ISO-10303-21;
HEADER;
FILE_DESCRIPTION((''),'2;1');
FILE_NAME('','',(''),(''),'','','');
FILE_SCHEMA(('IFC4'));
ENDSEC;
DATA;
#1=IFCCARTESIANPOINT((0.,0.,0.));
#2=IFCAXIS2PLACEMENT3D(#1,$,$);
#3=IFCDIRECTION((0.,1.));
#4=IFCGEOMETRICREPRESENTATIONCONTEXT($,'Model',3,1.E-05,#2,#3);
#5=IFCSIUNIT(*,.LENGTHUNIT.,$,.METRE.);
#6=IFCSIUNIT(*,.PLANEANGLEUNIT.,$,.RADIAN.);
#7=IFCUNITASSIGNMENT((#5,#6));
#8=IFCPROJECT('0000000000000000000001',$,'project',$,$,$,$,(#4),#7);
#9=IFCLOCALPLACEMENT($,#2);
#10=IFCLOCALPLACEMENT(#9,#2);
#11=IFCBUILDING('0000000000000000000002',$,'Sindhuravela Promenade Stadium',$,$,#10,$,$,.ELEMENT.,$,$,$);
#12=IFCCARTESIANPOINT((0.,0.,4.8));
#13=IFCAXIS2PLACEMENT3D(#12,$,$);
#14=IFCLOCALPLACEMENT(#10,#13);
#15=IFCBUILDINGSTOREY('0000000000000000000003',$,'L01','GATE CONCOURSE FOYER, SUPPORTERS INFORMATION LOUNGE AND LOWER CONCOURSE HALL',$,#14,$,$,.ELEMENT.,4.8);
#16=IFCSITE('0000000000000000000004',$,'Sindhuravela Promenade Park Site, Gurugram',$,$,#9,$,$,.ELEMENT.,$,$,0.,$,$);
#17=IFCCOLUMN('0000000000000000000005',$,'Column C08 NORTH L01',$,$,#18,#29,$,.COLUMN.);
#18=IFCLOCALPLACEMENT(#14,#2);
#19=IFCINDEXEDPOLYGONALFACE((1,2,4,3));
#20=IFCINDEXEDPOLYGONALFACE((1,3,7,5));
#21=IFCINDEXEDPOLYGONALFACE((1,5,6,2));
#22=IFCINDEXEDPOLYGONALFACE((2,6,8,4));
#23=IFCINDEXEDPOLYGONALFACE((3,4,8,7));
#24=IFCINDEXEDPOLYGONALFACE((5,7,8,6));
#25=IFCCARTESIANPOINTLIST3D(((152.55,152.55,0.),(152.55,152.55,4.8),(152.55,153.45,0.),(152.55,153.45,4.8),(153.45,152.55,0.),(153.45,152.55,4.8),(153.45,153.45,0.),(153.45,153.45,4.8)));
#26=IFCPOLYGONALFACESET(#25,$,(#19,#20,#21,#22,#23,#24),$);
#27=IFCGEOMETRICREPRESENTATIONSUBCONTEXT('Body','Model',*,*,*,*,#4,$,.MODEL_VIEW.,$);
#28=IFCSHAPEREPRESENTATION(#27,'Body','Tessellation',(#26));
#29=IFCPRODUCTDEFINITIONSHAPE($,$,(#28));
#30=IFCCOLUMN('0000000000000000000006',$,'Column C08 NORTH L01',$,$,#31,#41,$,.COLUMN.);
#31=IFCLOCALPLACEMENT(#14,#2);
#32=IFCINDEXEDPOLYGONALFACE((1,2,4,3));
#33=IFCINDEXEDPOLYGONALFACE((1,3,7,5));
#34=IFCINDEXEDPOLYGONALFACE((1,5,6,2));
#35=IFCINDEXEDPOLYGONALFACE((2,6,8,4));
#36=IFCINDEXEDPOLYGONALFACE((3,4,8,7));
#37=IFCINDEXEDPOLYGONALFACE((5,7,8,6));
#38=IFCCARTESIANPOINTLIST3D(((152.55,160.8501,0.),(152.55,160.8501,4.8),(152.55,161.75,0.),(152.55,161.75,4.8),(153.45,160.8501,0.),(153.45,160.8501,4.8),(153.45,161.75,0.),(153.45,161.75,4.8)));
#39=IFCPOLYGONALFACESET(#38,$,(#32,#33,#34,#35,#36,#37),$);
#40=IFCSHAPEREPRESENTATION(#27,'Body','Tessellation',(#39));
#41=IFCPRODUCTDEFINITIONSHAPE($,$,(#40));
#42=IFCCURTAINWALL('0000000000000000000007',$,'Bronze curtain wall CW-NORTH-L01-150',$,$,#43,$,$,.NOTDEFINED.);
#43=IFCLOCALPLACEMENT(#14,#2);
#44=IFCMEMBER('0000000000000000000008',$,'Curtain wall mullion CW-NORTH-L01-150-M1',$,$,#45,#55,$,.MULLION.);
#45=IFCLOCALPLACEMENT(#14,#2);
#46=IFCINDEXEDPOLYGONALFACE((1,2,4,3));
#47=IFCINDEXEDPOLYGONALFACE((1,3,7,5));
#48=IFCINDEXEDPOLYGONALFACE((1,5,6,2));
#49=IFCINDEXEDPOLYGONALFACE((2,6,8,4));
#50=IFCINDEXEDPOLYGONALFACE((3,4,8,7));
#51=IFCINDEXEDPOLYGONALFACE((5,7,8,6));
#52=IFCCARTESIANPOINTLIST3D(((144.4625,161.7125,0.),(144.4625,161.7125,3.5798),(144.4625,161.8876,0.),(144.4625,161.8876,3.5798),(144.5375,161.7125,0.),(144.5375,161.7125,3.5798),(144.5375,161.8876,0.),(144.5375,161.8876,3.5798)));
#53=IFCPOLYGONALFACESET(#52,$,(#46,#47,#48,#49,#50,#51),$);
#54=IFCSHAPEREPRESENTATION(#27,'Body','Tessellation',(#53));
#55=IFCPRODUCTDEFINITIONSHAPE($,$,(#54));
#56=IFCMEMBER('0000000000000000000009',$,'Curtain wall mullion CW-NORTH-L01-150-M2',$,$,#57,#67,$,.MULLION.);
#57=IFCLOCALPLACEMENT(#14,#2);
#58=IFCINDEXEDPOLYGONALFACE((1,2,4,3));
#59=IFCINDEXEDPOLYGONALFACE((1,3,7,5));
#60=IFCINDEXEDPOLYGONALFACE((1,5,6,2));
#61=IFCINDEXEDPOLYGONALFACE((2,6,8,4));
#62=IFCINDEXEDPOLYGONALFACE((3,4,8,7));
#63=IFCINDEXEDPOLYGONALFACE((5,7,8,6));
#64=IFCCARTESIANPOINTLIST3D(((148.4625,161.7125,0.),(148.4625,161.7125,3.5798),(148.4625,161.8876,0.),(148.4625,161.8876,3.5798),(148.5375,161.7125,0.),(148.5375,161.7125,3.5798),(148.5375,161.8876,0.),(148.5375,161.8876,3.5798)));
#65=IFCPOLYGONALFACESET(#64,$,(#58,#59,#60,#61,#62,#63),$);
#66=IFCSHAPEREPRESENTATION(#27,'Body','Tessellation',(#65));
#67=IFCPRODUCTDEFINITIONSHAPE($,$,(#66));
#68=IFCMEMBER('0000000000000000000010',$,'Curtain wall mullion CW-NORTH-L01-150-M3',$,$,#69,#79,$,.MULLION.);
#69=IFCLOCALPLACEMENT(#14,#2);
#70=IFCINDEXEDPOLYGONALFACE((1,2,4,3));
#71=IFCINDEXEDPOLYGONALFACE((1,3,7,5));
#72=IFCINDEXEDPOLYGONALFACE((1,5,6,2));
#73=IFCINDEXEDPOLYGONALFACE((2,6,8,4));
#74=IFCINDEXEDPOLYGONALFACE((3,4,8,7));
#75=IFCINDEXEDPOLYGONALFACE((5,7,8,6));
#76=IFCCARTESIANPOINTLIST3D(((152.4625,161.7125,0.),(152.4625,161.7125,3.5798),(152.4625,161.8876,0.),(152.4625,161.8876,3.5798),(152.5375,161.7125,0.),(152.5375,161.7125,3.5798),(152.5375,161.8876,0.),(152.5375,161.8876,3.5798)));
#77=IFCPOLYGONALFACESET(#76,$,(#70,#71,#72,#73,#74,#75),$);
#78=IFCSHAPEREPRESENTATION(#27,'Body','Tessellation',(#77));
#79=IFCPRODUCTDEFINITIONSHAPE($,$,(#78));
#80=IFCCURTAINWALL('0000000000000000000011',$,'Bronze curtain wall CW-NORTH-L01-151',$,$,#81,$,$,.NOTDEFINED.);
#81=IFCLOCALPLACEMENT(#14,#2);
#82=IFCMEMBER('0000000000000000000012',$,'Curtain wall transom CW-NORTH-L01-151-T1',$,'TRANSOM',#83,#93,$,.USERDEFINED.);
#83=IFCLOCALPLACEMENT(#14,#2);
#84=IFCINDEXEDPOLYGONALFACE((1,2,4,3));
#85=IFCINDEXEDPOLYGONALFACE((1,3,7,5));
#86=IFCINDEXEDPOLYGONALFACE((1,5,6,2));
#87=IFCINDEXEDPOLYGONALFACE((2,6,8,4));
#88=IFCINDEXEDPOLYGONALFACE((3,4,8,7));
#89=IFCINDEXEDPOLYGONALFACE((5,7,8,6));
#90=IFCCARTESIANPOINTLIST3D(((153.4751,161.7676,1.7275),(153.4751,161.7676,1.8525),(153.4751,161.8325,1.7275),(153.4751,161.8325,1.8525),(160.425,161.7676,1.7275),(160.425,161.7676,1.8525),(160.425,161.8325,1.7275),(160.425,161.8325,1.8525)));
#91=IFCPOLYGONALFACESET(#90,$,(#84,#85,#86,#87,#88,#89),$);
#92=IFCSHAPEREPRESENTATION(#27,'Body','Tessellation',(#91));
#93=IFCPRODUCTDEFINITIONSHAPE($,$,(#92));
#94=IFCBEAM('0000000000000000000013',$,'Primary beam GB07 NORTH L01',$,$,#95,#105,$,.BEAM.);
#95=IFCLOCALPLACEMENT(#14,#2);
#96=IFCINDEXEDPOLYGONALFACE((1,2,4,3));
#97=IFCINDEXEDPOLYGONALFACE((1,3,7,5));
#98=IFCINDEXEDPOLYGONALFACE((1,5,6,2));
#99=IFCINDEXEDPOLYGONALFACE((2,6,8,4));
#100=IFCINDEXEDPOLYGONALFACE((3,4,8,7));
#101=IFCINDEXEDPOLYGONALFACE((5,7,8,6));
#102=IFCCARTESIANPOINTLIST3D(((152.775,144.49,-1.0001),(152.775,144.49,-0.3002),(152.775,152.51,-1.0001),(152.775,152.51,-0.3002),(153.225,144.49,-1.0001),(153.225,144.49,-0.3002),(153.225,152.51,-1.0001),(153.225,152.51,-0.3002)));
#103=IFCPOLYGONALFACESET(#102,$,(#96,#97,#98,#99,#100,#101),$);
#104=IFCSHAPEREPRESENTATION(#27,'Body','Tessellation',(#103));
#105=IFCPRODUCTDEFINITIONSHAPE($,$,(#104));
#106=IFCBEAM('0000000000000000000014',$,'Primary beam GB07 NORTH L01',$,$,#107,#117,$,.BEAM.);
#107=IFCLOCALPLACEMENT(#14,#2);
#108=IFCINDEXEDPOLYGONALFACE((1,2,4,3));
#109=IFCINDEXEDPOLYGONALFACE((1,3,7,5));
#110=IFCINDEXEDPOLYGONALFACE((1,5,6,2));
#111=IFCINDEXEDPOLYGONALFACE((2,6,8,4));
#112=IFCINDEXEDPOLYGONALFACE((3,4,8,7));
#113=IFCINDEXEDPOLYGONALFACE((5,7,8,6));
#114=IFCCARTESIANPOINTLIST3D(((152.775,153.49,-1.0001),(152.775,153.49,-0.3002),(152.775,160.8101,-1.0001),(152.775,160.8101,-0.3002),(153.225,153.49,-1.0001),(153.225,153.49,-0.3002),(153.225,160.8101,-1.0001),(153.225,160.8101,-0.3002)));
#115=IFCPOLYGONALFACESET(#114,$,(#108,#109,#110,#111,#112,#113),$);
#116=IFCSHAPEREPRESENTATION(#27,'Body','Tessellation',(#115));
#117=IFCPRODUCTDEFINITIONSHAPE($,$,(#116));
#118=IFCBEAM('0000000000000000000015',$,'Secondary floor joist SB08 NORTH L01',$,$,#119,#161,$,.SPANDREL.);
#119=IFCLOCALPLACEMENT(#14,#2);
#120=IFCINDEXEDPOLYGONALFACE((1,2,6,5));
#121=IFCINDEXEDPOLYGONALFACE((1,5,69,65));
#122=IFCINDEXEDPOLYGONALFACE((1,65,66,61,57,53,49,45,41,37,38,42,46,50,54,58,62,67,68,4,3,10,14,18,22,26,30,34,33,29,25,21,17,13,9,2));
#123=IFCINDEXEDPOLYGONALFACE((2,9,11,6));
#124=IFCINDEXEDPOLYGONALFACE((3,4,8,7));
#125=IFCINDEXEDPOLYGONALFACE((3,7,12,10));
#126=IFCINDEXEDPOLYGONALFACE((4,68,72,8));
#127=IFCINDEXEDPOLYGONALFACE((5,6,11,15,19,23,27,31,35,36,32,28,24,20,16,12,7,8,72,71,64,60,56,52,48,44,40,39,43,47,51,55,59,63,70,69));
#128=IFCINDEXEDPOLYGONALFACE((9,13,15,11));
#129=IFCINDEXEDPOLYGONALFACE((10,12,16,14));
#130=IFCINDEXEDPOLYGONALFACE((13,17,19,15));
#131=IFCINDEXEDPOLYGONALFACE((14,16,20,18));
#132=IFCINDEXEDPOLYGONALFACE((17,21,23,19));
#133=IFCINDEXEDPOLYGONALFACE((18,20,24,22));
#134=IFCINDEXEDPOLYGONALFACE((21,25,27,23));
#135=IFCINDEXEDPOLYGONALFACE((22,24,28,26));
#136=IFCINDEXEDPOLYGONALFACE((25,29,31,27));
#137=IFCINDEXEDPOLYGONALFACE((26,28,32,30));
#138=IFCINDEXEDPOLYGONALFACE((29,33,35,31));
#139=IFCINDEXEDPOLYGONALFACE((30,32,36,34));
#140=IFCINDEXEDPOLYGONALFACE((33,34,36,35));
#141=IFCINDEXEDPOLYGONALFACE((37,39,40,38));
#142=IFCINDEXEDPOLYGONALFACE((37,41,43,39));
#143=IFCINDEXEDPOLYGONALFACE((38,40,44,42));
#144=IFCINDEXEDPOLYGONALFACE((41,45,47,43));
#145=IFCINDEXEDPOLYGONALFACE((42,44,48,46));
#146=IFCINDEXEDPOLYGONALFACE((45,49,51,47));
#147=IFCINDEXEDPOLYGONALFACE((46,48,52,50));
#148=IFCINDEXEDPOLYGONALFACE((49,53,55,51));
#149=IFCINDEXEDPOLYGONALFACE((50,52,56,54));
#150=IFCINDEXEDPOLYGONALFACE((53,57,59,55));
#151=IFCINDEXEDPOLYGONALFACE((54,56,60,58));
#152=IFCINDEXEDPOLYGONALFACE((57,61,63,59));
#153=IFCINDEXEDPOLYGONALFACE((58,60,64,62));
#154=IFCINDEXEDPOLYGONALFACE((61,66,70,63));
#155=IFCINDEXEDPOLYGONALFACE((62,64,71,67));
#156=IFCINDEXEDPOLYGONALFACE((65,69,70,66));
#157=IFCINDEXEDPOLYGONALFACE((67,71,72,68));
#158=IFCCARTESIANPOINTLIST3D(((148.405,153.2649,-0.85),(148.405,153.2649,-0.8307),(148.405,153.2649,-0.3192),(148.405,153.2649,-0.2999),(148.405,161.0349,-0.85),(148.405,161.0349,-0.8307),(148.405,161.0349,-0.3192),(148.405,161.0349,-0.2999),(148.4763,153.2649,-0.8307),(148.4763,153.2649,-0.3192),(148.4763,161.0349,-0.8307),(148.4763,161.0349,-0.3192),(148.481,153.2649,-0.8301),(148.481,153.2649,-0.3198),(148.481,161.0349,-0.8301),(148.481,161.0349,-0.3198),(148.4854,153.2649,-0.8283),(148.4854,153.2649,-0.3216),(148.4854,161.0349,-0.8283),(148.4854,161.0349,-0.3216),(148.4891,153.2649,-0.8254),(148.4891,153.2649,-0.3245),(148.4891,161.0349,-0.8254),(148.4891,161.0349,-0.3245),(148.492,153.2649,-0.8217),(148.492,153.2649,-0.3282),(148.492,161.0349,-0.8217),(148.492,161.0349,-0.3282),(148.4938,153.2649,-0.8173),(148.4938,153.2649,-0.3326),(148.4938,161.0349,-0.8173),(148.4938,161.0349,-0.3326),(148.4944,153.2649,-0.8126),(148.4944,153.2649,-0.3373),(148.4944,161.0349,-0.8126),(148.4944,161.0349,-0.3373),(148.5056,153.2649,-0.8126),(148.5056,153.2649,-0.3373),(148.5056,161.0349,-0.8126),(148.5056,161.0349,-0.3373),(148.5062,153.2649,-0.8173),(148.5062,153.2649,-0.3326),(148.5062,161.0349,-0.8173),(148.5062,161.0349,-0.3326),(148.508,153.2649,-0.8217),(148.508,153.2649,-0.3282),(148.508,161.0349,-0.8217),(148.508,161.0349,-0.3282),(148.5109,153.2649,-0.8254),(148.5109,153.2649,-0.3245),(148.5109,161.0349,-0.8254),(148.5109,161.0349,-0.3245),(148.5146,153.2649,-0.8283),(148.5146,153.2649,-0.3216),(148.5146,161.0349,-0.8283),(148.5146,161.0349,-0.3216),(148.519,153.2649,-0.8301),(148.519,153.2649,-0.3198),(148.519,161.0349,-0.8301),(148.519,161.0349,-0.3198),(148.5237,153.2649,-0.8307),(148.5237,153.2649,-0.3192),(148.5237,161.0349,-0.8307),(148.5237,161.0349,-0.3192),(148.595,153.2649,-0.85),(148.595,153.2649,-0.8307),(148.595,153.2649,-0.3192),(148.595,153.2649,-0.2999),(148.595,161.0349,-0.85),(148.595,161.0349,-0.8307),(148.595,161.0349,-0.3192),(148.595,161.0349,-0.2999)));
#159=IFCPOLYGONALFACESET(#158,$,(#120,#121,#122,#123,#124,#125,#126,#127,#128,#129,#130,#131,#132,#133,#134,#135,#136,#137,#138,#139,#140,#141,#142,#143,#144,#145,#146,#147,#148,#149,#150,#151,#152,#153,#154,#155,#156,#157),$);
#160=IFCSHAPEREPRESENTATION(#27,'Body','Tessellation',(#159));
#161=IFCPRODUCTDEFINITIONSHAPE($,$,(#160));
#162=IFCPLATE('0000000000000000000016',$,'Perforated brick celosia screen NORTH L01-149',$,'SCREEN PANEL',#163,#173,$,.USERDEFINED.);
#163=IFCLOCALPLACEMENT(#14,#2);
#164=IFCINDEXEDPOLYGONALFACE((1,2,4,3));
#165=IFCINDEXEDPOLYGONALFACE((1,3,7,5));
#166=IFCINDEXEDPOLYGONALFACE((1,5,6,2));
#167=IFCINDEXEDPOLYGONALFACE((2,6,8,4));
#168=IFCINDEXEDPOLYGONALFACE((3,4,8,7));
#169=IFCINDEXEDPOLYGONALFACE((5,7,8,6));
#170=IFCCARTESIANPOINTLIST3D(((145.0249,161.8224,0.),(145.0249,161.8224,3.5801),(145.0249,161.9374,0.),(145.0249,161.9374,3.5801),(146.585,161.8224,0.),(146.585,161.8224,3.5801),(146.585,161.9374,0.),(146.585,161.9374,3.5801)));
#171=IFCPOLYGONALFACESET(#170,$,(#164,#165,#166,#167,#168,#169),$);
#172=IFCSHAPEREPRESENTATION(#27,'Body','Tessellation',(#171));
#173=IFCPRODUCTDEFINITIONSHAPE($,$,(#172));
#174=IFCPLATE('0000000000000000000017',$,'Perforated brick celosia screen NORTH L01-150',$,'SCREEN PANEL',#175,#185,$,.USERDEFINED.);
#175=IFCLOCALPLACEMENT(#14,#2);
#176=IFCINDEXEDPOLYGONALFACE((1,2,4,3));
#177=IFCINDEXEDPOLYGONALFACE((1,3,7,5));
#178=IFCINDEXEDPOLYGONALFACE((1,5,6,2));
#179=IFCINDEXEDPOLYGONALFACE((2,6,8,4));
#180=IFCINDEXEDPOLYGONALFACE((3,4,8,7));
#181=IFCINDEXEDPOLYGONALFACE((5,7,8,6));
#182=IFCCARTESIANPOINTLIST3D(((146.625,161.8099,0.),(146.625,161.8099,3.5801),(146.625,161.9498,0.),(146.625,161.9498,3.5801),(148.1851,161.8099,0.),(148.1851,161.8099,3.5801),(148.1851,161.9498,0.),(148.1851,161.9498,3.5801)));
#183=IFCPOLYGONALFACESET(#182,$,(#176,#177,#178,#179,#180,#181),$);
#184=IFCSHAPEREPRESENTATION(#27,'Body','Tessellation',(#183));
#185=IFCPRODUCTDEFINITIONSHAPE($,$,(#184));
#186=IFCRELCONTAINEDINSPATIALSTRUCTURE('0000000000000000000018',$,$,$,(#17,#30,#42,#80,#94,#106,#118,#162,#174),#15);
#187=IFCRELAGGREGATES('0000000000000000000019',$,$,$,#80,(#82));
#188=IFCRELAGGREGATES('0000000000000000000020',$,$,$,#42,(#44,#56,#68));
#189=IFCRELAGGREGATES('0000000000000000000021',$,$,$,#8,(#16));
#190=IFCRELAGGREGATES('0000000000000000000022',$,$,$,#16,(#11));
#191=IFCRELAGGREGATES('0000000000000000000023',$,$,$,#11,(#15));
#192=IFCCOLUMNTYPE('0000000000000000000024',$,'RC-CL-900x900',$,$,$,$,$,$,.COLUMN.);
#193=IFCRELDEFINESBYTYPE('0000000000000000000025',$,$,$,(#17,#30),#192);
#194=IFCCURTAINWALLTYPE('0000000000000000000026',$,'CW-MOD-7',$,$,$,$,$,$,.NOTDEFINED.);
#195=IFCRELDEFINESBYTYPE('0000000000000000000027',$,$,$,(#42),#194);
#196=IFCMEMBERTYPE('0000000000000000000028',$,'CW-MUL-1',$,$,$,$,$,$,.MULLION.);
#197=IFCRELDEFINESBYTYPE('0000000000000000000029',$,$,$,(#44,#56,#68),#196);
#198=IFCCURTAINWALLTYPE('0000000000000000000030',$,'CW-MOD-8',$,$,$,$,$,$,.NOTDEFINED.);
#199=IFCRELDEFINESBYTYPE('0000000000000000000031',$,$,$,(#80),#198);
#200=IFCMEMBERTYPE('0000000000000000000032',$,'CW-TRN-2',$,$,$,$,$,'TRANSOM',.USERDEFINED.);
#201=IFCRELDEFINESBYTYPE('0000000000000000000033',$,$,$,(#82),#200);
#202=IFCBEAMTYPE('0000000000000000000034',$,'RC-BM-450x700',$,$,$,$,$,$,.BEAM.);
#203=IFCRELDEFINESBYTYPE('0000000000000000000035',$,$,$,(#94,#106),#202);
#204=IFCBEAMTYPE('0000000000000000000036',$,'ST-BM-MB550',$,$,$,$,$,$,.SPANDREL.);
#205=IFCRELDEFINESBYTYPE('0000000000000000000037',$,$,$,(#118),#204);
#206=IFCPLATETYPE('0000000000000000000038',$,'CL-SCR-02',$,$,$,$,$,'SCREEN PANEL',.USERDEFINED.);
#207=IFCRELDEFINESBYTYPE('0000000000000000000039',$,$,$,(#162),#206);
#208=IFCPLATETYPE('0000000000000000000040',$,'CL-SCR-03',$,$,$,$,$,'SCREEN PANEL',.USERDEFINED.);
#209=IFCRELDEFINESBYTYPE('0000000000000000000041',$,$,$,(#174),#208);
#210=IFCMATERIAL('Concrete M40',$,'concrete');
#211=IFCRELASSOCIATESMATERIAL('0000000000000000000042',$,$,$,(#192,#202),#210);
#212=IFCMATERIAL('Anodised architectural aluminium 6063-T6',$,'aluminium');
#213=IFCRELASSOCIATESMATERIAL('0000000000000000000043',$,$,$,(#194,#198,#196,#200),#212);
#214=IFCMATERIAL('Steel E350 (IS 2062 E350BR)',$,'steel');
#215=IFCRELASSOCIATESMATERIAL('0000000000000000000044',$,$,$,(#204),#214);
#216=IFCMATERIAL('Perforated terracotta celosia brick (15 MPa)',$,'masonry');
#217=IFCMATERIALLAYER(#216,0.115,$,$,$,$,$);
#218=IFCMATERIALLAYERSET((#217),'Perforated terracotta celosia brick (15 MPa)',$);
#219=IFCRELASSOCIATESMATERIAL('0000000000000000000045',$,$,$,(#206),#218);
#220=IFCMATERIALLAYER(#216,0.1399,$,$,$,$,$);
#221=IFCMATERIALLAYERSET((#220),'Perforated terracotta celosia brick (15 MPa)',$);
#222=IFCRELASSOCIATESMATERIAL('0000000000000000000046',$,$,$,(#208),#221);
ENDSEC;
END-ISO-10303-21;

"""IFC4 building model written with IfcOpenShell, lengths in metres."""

from ifc_helpers import new_model, si_unit, direction, frame, origin, origin_2d, place, context, subcontext, project, spatial, rectangle, i_section, extrude, material, layer, layer_set, material_profile, profile_set, type_object, element, aggregate, save


model = new_model("IFC4")

# Units and contexts
model_context = context("Model", 3, precision=1e-05, world=origin(), true_north=direction((0.0, 1.0)))
body_context = subcontext(model_context, "Body", "Model", "MODEL_VIEW")
ifc_project = project(units=[si_unit("LENGTHUNIT", "METRE"), si_unit("PLANEANGLEUNIT", "RADIAN")], contexts=[model_context])

# Site, building, storey
site_placement = place(None, origin())
site = spatial("IfcSite", under=ifc_project, at=site_placement, Name="Sindhuravela Promenade Park Site, Gurugram", CompositionType="ELEMENT", RefElevation=0.0)
building_placement = place(site_placement, origin())
building = spatial("IfcBuilding", under=site, at=building_placement, Name="Sindhuravela Promenade Stadium", CompositionType="ELEMENT")
storey_placement = place(building_placement, frame((0.0, 0.0, 4.8)))
storey = spatial("IfcBuildingStorey", under=building, at=storey_placement, Name="L01", Description="GATE CONCOURSE FOYER, SUPPORTERS INFORMATION LOUNGE AND LOWER CONCOURSE HALL", CompositionType="ELEMENT", Elevation=4.8)

# Columns
ifc_material_1 = material(Name="Concrete M40", Category="concrete")
ifc_material_profile_1 = material_profile(ifc_material_1, rectangle(XDim=0.8999, YDim=0.8999, at=origin_2d()), Name="RC 900x900")
ifc_profile_set_1 = profile_set([ifc_material_profile_1], Name="Concrete M40")
column_type = type_object("IfcColumnType", Name="RC-CL-900x900", PredefinedType="COLUMN", material=ifc_profile_set_1)
for number, where, z_axis, x_axis, name in (
    (1, (153.0, 153.0, 0.0), (0.0, 0.0, 1.0), (1.0, 0.0, 0.0), "Column C08 NORTH L01"),
    (2, (153.0, 161.3, 0.0), (0.0, 0.0, 1.0), (1.0, 0.0, 0.0), "Column C08 NORTH L01"),
):
    element("IfcColumn", number, at=place(storey_placement, frame(where, z_axis=z_axis, x_axis=x_axis)), inside=storey, type_object=column_type, Name=name, PredefinedType="COLUMN", context=body_context, shape_type="SweptSolid", body=[
        extrude(rectangle(XDim=0.8999, YDim=0.8999, at=origin_2d()), origin(), (0.0, 0.0, 1.0), 4.8),
    ])

# Curtain wall, members
ifc_material_2 = material(Name="Anodised architectural aluminium 6063-T6", Category="aluminium")
curtain_wall_type_1 = type_object("IfcCurtainWallType", Name="CW-MOD-7", PredefinedType="NOTDEFINED", material=ifc_material_2)
curtain_wall_1_placement = place(storey_placement, origin())
curtain_wall_1 = element("IfcCurtainWall", 3, at=curtain_wall_1_placement, inside=storey, type_object=curtain_wall_type_1, Name="Bronze curtain wall CW-NORTH-L01-150", PredefinedType="NOTDEFINED")
ifc_material_profile_2 = material_profile(ifc_material_2, rectangle(XDim=0.075, YDim=0.175, at=origin_2d()), Name="ALU MULL 75x175")
ifc_profile_set_2 = profile_set([ifc_material_profile_2], Name="Anodised architectural aluminium 6063-T6")
member_type_1 = type_object("IfcMemberType", Name="CW-MUL-1", PredefinedType="MULLION", material=ifc_profile_set_2)
member_1_placement = place(storey_placement, frame((144.5, 161.8, 0.0), z_axis=(0.0, 0.0, 1.0), x_axis=(1.0, 0.0, 0.0)))
member_1 = element("IfcMember", 4, at=member_1_placement, type_object=member_type_1, Name="Curtain wall mullion CW-NORTH-L01-150-M1", PredefinedType="MULLION", context=body_context, shape_type="SweptSolid", body=[
    extrude(rectangle(XDim=0.075, YDim=0.175, at=origin_2d()), origin(), (0.0, 0.0, 1.0), 3.5798),
])
member_2_placement = place(storey_placement, frame((148.5, 161.8, 0.0), z_axis=(0.0, 0.0, 1.0), x_axis=(1.0, 0.0, 0.0)))
member_2 = element("IfcMember", 5, at=member_2_placement, type_object=member_type_1, Name="Curtain wall mullion CW-NORTH-L01-150-M2", PredefinedType="MULLION", context=body_context, shape_type="SweptSolid", body=[
    extrude(rectangle(XDim=0.075, YDim=0.175, at=origin_2d()), origin(), (0.0, 0.0, 1.0), 3.5798),
])
member_3_placement = place(storey_placement, frame((152.5, 161.8, 0.0), z_axis=(0.0, 0.0, 1.0), x_axis=(1.0, 0.0, 0.0)))
member_3 = element("IfcMember", 6, at=member_3_placement, type_object=member_type_1, Name="Curtain wall mullion CW-NORTH-L01-150-M3", PredefinedType="MULLION", context=body_context, shape_type="SweptSolid", body=[
    extrude(rectangle(XDim=0.075, YDim=0.175, at=origin_2d()), origin(), (0.0, 0.0, 1.0), 3.5798),
])

# Curtain wall, member
curtain_wall_type_2 = type_object("IfcCurtainWallType", Name="CW-MOD-8", PredefinedType="NOTDEFINED", material=ifc_material_2)
curtain_wall_2_placement = place(storey_placement, origin())
curtain_wall_2 = element("IfcCurtainWall", 7, at=curtain_wall_2_placement, inside=storey, type_object=curtain_wall_type_2, Name="Bronze curtain wall CW-NORTH-L01-151", PredefinedType="NOTDEFINED")
ifc_material_profile_3 = material_profile(ifc_material_2, rectangle(XDim=0.0649, YDim=0.125, at=origin_2d()), Name="ALU TRAN 65x125")
ifc_profile_set_3 = profile_set([ifc_material_profile_3], Name="Anodised architectural aluminium 6063-T6")
member_type_2 = type_object("IfcMemberType", Name="CW-TRN-2", ElementType="TRANSOM", PredefinedType="USERDEFINED", material=ifc_profile_set_3)
member_4_placement = place(storey_placement, frame((153.4751, 161.8, 1.79), z_axis=(1.0, 0.0, 0.0), x_axis=(0.0, 1.0, 0.0)))
member_4 = element("IfcMember", 8, at=member_4_placement, type_object=member_type_2, Name="Curtain wall transom CW-NORTH-L01-151-T1", ObjectType="TRANSOM", PredefinedType="USERDEFINED", context=body_context, shape_type="SweptSolid", body=[
    extrude(rectangle(XDim=0.0649, YDim=0.125, at=origin_2d()), origin(), (0.0, 0.0, 1.0), 6.95),
])
aggregate(curtain_wall_2, [member_4])

# Beams
ifc_material_profile_4 = material_profile(ifc_material_1, rectangle(XDim=0.45, YDim=0.7, at=origin_2d()), Name="RC 450x700")
ifc_profile_set_4 = profile_set([ifc_material_profile_4], Name="Concrete M40")
beam_type_1 = type_object("IfcBeamType", Name="RC-BM-450x700", PredefinedType="BEAM", material=ifc_profile_set_4)
beam_1_placement = place(storey_placement, frame((153.0, 144.49, -0.6501), z_axis=(0.0, 1.0, 0.0), x_axis=(-1.0, 0.0, 0.0)))
element("IfcBeam", 9, at=beam_1_placement, inside=storey, type_object=beam_type_1, Name="Primary beam GB07 NORTH L01", PredefinedType="BEAM", context=body_context, shape_type="SweptSolid", body=[
    extrude(rectangle(XDim=0.45, YDim=0.7, at=origin_2d()), origin(), (0.0, 0.0, 1.0), 8.02),
])
beam_2_placement = place(storey_placement, frame((153.0, 153.49, -0.6501), z_axis=(0.0, 1.0, 0.0), x_axis=(-1.0, 0.0, 0.0)))
element("IfcBeam", 10, at=beam_2_placement, inside=storey, type_object=beam_type_1, Name="Primary beam GB07 NORTH L01", PredefinedType="BEAM", context=body_context, shape_type="SweptSolid", body=[
    extrude(rectangle(XDim=0.45, YDim=0.7, at=origin_2d()), origin(), (0.0, 0.0, 1.0), 7.3201),
])
ifc_material_3 = material(Name="Steel E350 (IS 2062 E350BR)", Category="steel")
ifc_material_profile_5 = material_profile(ifc_material_3, i_section(OverallWidth=0.1899, OverallDepth=0.55, WebThickness=0.0112, FlangeThickness=0.0193, FilletRadius=0.0181, at=origin_2d()), Name="ISMB 550")
ifc_profile_set_5 = profile_set([ifc_material_profile_5], Name="Steel E350 (IS 2062 E350BR)")
beam_type_2 = type_object("IfcBeamType", Name="ST-BM-MB550", PredefinedType="SPANDREL", material=ifc_profile_set_5)
beam_3_placement = place(storey_placement, frame((148.5, 153.2649, -0.575), z_axis=(0.0, 1.0, 0.0), x_axis=(-1.0, 0.0, 0.0)))
element("IfcBeam", 11, at=beam_3_placement, inside=storey, type_object=beam_type_2, Name="Secondary floor joist SB08 NORTH L01", PredefinedType="SPANDREL", context=body_context, shape_type="SweptSolid", body=[
    extrude(i_section(OverallWidth=0.1899, OverallDepth=0.55, WebThickness=0.0112, FlangeThickness=0.0193, FilletRadius=0.0181, at=origin_2d()), origin(), (0.0, 0.0, 1.0), 7.77),
])

# Plates
ifc_material_4 = material(Name="Perforated terracotta celosia brick (15 MPa)", Category="masonry")
ifc_layer_1 = layer(ifc_material_4, 0.115)
ifc_layer_set_1 = layer_set([ifc_layer_1], Name="Perforated terracotta celosia brick (15 MPa)")
plate_type_1 = type_object("IfcPlateType", Name="CL-SCR-02", ElementType="SCREEN PANEL", PredefinedType="USERDEFINED", material=ifc_layer_set_1)
plate_1_placement = place(storey_placement, frame((145.8049, 161.8799, 0.0), z_axis=(0.0, 0.0, 1.0), x_axis=(1.0, 0.0, 0.0)))
element("IfcPlate", 12, at=plate_1_placement, inside=storey, type_object=plate_type_1, Name="Perforated brick celosia screen NORTH L01-149", ObjectType="SCREEN PANEL", PredefinedType="USERDEFINED", context=body_context, shape_type="SweptSolid", body=[
    extrude(rectangle(XDim=1.5601, YDim=0.115, at=origin_2d()), origin(), (0.0, 0.0, 1.0), 3.5801),
])
ifc_layer_2 = layer(ifc_material_4, 0.1399)
ifc_layer_set_2 = layer_set([ifc_layer_2], Name="Perforated terracotta celosia brick (15 MPa)")
plate_type_2 = type_object("IfcPlateType", Name="CL-SCR-03", ElementType="SCREEN PANEL", PredefinedType="USERDEFINED", material=ifc_layer_set_2)
plate_2_placement = place(storey_placement, frame((147.405, 161.8799, 0.0), z_axis=(0.0, 0.0, 1.0), x_axis=(1.0, 0.0, 0.0)))
element("IfcPlate", 13, at=plate_2_placement, inside=storey, type_object=plate_type_2, Name="Perforated brick celosia screen NORTH L01-150", ObjectType="SCREEN PANEL", PredefinedType="USERDEFINED", context=body_context, shape_type="SweptSolid", body=[
    extrude(rectangle(XDim=1.5601, YDim=0.1399, at=origin_2d()), origin(), (0.0, 0.0, 1.0), 3.5801),
])

aggregate(curtain_wall_1, [member_1, member_2, member_3])

save(model, "model.ifc")
